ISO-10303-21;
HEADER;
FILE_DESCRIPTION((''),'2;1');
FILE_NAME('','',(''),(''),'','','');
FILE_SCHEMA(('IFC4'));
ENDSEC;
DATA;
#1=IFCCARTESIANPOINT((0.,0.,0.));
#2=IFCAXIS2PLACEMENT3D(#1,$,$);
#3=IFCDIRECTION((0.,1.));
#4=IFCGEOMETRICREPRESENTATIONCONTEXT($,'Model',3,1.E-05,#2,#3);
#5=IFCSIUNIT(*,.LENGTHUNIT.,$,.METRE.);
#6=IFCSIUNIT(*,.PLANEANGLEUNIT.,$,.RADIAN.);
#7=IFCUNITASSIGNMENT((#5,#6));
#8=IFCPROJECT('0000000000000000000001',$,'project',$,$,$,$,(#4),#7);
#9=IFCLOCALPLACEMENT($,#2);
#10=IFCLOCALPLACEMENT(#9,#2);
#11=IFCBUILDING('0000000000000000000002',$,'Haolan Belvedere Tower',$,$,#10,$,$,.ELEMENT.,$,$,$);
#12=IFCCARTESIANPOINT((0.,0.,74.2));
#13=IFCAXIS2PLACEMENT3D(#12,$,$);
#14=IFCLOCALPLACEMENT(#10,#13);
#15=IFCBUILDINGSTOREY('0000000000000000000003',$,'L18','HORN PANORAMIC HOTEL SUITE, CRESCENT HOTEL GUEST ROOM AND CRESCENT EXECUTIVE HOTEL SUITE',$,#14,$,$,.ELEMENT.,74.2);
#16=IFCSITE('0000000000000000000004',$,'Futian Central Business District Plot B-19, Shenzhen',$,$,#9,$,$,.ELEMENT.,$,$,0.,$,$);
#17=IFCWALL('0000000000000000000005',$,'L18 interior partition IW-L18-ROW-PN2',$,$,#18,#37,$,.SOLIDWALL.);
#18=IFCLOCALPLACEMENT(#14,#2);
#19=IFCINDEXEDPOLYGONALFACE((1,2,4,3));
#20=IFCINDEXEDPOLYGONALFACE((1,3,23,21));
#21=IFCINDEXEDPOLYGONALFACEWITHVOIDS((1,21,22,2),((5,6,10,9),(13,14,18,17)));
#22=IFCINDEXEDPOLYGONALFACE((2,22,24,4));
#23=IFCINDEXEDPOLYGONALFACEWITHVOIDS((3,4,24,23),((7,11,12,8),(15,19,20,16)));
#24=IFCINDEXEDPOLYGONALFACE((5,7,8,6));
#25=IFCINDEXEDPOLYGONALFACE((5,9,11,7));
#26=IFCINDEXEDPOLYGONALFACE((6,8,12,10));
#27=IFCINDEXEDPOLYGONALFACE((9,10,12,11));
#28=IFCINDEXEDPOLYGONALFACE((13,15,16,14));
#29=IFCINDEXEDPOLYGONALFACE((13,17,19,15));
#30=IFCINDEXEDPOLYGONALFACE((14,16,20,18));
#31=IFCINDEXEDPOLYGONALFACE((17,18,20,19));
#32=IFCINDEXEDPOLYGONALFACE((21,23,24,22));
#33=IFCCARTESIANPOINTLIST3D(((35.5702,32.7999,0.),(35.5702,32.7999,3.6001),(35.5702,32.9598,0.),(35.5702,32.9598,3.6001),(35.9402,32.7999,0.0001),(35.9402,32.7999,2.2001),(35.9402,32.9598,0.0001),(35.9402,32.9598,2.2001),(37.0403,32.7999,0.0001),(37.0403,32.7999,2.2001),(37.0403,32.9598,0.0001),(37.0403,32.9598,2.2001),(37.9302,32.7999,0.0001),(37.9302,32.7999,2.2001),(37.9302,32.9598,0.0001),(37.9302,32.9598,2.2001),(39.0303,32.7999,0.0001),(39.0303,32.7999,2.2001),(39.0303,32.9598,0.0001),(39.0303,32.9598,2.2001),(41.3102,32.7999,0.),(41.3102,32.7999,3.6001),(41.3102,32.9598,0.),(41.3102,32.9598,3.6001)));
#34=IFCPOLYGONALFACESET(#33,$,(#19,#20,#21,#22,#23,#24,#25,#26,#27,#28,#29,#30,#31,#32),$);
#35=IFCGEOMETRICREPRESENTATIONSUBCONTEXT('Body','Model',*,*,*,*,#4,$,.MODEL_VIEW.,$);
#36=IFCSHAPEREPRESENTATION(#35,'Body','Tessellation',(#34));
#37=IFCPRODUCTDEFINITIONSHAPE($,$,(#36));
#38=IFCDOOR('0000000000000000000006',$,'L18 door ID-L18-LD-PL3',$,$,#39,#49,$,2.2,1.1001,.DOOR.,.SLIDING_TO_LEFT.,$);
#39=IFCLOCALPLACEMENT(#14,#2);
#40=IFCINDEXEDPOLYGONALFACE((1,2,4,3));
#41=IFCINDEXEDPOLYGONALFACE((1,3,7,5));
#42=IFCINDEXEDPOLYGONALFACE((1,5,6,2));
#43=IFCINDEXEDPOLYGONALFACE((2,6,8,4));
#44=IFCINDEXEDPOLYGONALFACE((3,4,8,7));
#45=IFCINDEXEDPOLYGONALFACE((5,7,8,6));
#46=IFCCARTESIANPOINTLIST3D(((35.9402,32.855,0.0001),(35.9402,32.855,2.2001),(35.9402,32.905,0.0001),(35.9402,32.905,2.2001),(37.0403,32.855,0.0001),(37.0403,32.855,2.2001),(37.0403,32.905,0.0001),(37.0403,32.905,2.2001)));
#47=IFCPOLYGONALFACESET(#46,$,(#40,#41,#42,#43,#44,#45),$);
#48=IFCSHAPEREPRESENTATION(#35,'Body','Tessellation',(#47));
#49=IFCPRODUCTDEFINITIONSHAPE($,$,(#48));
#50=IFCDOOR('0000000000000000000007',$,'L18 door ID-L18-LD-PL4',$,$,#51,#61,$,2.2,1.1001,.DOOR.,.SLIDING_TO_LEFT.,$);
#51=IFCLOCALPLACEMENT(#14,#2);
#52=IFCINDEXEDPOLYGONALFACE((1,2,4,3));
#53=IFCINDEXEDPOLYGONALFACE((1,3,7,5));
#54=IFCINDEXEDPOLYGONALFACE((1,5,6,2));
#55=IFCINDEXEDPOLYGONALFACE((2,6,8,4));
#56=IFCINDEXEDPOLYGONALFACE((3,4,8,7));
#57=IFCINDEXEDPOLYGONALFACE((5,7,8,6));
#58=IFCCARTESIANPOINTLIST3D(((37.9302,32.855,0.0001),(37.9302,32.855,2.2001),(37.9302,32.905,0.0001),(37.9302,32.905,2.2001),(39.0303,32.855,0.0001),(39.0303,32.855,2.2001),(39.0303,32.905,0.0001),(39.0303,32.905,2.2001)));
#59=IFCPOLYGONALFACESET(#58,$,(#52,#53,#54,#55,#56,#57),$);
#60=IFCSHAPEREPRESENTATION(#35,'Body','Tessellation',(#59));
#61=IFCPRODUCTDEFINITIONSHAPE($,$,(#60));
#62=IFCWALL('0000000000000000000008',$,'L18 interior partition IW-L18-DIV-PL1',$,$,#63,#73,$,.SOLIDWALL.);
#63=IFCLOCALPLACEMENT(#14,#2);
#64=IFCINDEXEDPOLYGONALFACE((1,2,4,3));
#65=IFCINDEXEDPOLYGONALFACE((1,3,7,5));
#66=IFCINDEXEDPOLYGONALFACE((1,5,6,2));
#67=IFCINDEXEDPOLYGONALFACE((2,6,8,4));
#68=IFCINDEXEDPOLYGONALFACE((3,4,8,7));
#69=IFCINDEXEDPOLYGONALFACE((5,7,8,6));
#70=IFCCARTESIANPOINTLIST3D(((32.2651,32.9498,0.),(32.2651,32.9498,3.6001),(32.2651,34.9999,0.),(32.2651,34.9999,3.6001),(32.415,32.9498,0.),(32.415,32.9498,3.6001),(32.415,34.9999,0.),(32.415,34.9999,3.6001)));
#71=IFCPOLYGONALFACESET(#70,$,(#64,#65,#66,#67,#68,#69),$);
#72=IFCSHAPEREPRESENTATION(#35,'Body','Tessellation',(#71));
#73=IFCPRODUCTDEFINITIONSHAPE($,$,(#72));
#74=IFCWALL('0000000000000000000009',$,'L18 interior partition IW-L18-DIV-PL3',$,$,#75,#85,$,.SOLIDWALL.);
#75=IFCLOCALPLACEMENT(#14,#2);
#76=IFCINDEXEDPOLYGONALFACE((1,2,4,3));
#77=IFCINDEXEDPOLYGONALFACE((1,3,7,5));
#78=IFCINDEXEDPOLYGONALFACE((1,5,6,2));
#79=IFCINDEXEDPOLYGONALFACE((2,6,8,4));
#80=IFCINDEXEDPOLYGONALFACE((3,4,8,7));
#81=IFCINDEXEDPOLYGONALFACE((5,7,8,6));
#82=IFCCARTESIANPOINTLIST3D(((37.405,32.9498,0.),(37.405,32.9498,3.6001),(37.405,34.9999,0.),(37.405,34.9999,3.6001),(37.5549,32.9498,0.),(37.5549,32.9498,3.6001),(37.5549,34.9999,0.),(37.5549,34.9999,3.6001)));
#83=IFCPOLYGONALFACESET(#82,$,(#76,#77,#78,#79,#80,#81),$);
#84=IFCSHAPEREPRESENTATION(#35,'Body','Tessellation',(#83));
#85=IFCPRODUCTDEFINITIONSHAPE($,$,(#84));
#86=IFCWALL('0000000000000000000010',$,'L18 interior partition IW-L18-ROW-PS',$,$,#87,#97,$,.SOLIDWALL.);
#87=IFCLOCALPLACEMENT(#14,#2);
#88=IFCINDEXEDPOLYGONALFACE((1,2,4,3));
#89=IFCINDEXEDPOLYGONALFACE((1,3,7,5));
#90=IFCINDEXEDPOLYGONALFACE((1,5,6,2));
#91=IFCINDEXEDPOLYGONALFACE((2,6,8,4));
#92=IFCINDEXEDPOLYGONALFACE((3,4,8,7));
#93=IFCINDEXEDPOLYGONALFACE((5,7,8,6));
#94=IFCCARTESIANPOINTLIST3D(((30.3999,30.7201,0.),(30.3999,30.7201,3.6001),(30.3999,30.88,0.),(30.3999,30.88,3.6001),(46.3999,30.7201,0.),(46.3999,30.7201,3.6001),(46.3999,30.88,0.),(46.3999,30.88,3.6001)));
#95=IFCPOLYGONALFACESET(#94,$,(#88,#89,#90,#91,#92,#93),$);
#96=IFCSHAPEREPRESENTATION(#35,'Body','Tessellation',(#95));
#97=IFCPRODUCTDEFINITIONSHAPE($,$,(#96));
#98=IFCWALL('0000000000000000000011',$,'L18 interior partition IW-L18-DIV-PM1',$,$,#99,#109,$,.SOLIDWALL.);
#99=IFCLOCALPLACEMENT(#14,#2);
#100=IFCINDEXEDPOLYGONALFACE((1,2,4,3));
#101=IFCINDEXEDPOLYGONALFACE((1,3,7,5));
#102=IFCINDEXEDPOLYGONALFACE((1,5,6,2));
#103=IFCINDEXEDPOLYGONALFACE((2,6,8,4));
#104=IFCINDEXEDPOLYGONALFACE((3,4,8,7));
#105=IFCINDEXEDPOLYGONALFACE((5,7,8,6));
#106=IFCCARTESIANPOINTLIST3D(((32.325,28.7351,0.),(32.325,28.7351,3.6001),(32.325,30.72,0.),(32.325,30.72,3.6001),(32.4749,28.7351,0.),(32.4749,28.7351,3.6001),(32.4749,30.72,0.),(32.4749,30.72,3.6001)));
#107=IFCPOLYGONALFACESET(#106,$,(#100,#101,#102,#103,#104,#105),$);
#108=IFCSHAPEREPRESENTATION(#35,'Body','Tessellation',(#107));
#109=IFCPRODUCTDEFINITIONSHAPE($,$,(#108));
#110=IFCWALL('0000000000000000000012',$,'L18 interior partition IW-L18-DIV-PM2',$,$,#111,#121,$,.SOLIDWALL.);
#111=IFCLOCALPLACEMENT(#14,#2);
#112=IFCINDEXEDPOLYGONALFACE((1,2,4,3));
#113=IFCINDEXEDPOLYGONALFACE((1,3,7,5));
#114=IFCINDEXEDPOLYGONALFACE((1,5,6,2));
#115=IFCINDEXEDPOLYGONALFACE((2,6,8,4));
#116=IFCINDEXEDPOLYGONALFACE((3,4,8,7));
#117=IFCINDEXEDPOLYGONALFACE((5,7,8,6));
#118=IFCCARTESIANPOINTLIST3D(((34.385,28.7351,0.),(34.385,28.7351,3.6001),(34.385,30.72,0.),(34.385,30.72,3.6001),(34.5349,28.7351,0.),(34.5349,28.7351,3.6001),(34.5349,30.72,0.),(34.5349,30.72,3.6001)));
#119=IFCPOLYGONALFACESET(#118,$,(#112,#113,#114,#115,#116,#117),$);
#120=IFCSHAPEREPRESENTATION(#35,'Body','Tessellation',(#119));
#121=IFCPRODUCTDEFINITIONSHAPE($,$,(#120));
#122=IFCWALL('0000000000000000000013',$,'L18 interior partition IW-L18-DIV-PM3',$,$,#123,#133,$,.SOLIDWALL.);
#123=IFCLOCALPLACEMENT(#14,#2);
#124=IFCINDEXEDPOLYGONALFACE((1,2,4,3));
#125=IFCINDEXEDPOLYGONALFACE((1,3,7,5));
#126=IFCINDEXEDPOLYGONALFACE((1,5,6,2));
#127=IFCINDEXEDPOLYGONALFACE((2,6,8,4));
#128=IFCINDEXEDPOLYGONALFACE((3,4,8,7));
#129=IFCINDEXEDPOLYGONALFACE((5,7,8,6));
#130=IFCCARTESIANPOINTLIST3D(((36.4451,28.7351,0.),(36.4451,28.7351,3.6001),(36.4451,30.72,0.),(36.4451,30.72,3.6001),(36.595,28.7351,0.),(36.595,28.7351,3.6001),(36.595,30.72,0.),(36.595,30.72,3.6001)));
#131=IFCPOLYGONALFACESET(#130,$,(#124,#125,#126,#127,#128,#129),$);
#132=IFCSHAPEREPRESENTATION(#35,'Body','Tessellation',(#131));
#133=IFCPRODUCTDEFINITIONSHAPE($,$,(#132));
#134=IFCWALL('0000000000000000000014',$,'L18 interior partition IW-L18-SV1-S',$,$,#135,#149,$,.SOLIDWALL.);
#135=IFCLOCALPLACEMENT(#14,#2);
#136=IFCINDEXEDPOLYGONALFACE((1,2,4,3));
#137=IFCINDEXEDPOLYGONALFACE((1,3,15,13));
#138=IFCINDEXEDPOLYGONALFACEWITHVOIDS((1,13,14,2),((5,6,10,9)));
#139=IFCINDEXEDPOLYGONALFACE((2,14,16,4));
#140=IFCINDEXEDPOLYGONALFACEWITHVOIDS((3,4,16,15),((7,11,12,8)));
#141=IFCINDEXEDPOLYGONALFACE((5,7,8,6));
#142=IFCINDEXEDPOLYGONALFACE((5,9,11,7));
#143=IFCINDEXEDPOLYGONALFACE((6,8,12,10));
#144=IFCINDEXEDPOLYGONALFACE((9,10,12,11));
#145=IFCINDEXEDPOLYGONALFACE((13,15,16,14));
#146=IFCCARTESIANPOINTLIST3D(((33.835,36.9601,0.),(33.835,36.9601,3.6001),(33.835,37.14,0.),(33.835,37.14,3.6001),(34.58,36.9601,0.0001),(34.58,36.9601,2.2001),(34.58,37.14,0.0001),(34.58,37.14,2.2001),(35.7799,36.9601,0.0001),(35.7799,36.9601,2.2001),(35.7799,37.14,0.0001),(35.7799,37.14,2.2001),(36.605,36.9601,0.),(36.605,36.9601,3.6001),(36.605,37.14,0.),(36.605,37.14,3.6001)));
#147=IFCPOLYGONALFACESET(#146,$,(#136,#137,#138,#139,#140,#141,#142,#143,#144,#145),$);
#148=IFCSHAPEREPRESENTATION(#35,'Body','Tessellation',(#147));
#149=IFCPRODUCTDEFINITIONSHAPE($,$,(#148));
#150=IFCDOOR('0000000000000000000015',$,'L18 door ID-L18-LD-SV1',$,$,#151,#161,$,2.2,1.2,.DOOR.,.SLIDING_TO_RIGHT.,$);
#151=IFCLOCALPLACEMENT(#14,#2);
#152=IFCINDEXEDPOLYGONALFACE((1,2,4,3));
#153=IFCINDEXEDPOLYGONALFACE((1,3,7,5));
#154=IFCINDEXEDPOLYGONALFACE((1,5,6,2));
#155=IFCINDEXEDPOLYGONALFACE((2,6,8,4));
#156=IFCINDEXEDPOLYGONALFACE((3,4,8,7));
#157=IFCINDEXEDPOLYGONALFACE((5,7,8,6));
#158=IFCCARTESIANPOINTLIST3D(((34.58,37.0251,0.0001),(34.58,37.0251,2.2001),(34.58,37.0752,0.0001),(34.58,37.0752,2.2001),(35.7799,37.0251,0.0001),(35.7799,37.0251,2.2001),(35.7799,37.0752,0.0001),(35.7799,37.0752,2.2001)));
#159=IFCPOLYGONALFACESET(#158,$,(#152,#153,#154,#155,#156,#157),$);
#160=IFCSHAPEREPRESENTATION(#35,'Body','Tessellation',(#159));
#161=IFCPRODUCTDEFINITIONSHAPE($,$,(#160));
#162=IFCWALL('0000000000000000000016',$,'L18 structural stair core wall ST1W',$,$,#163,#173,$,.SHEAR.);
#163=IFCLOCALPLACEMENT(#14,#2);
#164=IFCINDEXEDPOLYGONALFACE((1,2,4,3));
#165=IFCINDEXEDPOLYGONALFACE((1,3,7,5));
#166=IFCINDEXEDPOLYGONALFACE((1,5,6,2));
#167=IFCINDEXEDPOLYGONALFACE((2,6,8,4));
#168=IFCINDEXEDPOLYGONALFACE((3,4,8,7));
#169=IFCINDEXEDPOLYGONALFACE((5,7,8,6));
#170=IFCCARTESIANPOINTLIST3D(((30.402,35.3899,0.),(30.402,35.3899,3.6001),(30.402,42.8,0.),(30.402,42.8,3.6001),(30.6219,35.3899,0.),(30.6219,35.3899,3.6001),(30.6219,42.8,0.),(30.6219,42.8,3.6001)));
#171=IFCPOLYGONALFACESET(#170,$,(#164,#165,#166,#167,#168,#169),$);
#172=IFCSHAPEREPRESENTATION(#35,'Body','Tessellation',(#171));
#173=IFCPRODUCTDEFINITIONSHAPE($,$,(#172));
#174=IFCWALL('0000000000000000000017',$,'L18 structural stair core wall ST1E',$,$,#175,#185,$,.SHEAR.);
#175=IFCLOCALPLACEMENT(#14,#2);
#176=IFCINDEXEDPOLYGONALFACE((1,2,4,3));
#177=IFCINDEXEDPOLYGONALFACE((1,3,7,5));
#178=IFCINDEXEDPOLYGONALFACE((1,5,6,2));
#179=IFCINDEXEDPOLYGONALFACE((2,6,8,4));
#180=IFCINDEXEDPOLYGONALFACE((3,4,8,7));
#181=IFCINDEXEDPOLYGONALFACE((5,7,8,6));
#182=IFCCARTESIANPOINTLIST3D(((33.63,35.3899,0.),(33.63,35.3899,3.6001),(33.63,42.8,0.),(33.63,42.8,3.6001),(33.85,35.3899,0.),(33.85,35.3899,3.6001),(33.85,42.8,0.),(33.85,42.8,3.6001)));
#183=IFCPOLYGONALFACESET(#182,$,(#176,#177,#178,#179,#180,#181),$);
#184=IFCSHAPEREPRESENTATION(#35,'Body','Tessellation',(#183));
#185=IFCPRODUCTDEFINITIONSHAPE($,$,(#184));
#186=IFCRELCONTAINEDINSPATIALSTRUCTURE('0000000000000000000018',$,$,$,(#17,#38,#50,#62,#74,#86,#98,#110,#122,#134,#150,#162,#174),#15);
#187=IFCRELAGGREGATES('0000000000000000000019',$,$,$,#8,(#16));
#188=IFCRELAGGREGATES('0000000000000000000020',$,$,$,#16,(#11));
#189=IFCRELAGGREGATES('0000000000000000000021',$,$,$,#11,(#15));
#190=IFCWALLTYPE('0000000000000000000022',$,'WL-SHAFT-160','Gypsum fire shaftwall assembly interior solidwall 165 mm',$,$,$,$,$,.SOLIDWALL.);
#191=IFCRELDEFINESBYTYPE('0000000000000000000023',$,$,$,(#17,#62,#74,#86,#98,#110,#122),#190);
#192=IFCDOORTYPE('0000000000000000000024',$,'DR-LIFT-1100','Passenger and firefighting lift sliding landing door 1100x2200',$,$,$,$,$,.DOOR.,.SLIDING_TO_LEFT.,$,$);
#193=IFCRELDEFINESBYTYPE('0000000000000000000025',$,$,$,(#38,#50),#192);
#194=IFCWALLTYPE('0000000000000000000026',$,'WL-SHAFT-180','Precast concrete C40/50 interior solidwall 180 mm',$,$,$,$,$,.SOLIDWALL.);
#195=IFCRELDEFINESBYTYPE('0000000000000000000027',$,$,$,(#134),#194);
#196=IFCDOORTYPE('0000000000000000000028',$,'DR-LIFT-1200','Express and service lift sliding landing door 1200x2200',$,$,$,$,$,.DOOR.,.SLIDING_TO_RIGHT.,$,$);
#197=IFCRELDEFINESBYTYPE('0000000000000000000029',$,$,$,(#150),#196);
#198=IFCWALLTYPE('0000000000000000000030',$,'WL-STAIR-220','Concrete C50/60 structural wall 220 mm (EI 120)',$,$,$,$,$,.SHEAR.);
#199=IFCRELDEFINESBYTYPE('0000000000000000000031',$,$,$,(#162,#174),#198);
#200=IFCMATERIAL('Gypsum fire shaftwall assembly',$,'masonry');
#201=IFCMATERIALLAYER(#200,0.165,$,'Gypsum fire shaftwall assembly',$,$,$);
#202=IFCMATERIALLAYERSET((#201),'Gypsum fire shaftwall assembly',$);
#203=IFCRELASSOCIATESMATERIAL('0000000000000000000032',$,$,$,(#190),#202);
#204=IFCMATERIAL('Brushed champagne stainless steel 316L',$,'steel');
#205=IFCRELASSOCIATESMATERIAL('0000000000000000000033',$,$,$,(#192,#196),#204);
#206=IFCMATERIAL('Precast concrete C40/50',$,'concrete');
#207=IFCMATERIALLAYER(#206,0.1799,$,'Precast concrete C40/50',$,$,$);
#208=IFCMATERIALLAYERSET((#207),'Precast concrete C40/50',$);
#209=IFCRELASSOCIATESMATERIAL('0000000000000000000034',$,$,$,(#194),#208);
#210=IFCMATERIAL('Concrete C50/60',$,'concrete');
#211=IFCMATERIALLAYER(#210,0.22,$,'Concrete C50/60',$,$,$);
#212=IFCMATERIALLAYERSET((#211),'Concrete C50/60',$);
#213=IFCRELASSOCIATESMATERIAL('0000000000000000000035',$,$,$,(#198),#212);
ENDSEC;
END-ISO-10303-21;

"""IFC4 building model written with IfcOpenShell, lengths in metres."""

from ifc_helpers import new_model, si_unit, direction, frame, frame_2d, origin, place, context, subcontext, project, spatial, rectangle, extrude, material, layer, layer_set, type_object, element, fill, save


model = new_model("IFC4")

# Units and contexts
model_context = context("Model", 3, precision=1e-05, world=origin(), true_north=direction((0.0, 1.0)))
body_context = subcontext(model_context, "Body", "Model", "MODEL_VIEW")
ifc_project = project(units=[si_unit("LENGTHUNIT", "METRE"), si_unit("PLANEANGLEUNIT", "RADIAN")], contexts=[model_context])

# Site, building, storey
site_placement = place(None, origin())
site = spatial("IfcSite", under=ifc_project, at=site_placement, Name="Futian Central Business District Plot B-19, Shenzhen", CompositionType="ELEMENT", RefElevation=0.0)
building_placement = place(site_placement, origin())
building = spatial("IfcBuilding", under=site, at=building_placement, Name="Haolan Belvedere Tower", CompositionType="ELEMENT")
storey_placement = place(building_placement, frame((0.0, 0.0, 74.2)))
storey = spatial("IfcBuildingStorey", under=building, at=storey_placement, Name="L18", Description="HORN PANORAMIC HOTEL SUITE, CRESCENT HOTEL GUEST ROOM AND CRESCENT EXECUTIVE HOTEL SUITE", CompositionType="ELEMENT", Elevation=74.2)

# Shared definitions
ifc_material_1 = material(Name="Gypsum fire shaftwall assembly", Category="masonry")
ifc_layer_1 = layer(ifc_material_1, 0.165, Name="Gypsum fire shaftwall assembly")
ifc_layer_set_1 = layer_set([ifc_layer_1], Name="Gypsum fire shaftwall assembly")
wall_type_1 = type_object("IfcWallType", Name="WL-SHAFT-160", Description="Gypsum fire shaftwall assembly interior solidwall 165 mm", PredefinedType="SOLIDWALL", material=ifc_layer_set_1)

# Wall, openings, doors
ifc_material_2 = material(Name="Brushed champagne stainless steel 316L", Category="steel")
door_type_1 = type_object("IfcDoorType", Name="DR-LIFT-1100", Description="Passenger and firefighting lift sliding landing door 1100x2200", OperationType="SLIDING_TO_LEFT", PredefinedType="DOOR", material=ifc_material_2)
wall_1_placement = place(storey_placement, frame((35.5701, 32.8799, 0.0), z_axis=(0.0, 0.0, 1.0), x_axis=(1.0, 0.0, 0.0)))
wall_1 = element("IfcWall", 1, at=wall_1_placement, inside=storey, type_object=wall_type_1, Name="L18 interior partition IW-L18-ROW-PN2", PredefinedType="SOLIDWALL", context=body_context, shape_type="SweptSolid", body=[
    extrude(rectangle(XDim=5.74, YDim=0.1599, at=frame_2d((2.8701, 0.0))), origin(), (0.0, 0.0, 1.0), 3.6001),
])
opening_1_placement = place(wall_1_placement, frame((1.4702, 0.0, 0.0), z_axis=(0.0, 0.0, 1.0), x_axis=(-1.0, 0.0, 0.0)))
opening_1 = element("IfcOpeningElement", 2, at=opening_1_placement, cuts=wall_1, PredefinedType="OPENING", context=body_context, shape_type="SweptSolid", body=[
    extrude(rectangle(XDim=1.1001, YDim=2.2, at=frame_2d((0.55, 1.1001))), frame((0.0, 0.0898, 0.0), z_axis=(0.0, -1.0, 0.0), x_axis=(1.0, 0.0, 0.0)), (0.0, 0.0, 1.0), 0.1799),
])
opening_2_placement = place(wall_1_placement, frame((3.4602, 0.0, 0.0), z_axis=(0.0, 0.0, 1.0), x_axis=(-1.0, 0.0, 0.0)))
opening_2 = element("IfcOpeningElement", 3, at=opening_2_placement, cuts=wall_1, PredefinedType="OPENING", context=body_context, shape_type="SweptSolid", body=[
    extrude(rectangle(XDim=1.1001, YDim=2.2, at=frame_2d((0.55, 1.1001))), frame((0.0, 0.0898, 0.0), z_axis=(0.0, -1.0, 0.0), x_axis=(1.0, 0.0, 0.0)), (0.0, 0.0, 1.0), 0.1799),
])
door_1_placement = place(opening_1_placement, origin())
door_1 = element("IfcDoor", 4, at=door_1_placement, inside=storey, type_object=door_type_1, Name="L18 door ID-L18-LD-PL3", OperationType="SLIDING_TO_LEFT", OverallHeight=2.2, OverallWidth=1.1001, PredefinedType="DOOR", context=body_context, shape_type="SweptSolid", body=[
    extrude(rectangle(XDim=1.1001, YDim=2.2, at=frame_2d((0.55, 1.1001))), frame((0.0, 0.0249, 0.0), z_axis=(0.0, -1.0, 0.0), x_axis=(1.0, 0.0, 0.0)), (0.0, 0.0, 1.0), 0.05),
])
fill(opening_1, door_1)
door_2_placement = place(opening_2_placement, origin())
door_2 = element("IfcDoor", 5, at=door_2_placement, inside=storey, type_object=door_type_1, Name="L18 door ID-L18-LD-PL4", OperationType="SLIDING_TO_LEFT", OverallHeight=2.2, OverallWidth=1.1001, PredefinedType="DOOR", context=body_context, shape_type="SweptSolid", body=[
    extrude(rectangle(XDim=1.1001, YDim=2.2, at=frame_2d((0.55, 1.1001))), frame((0.0, 0.0249, 0.0), z_axis=(0.0, -1.0, 0.0), x_axis=(1.0, 0.0, 0.0)), (0.0, 0.0, 1.0), 0.05),
])
fill(opening_2, door_2)

# Walls
for number, where, z_axis, x_axis, name in (
    (6, (32.3401, 32.95, 0.0), (0.0, 0.0, 1.0), (0.0, 1.0, 0.0), "L18 interior partition IW-L18-DIV-PL1"),
    (7, (37.48, 32.95, 0.0), (0.0, 0.0, 1.0), (0.0, 1.0, 0.0), "L18 interior partition IW-L18-DIV-PL3"),
):
    element("IfcWall", number, at=place(storey_placement, frame(where, z_axis=z_axis, x_axis=x_axis)), inside=storey, type_object=wall_type_1, Name=name, PredefinedType="SOLIDWALL", context=body_context, shape_type="SweptSolid", body=[
        extrude(rectangle(XDim=2.05, YDim=0.1499, at=frame_2d((1.0249, 0.0))), origin(), (0.0, 0.0, 1.0), 3.6001),
    ])
wall_2_placement = place(storey_placement, frame((30.3999, 30.8, 0.0), z_axis=(0.0, 0.0, 1.0), x_axis=(1.0, 0.0, 0.0)))
element("IfcWall", 8, at=wall_2_placement, inside=storey, type_object=wall_type_1, Name="L18 interior partition IW-L18-ROW-PS", PredefinedType="SOLIDWALL", context=body_context, shape_type="SweptSolid", body=[
    extrude(rectangle(XDim=16.0, YDim=0.1599, at=frame_2d((8.0, 0.0))), origin(), (0.0, 0.0, 1.0), 3.6001),
])
for number, where, z_axis, x_axis, name in (
    (9, (32.3999, 28.7351, 0.0), (0.0, 0.0, 1.0), (0.0, 1.0, 0.0), "L18 interior partition IW-L18-DIV-PM1"),
    (10, (34.46, 28.7351, 0.0), (0.0, 0.0, 1.0), (0.0, 1.0, 0.0), "L18 interior partition IW-L18-DIV-PM2"),
    (11, (36.52, 28.7351, 0.0), (0.0, 0.0, 1.0), (0.0, 1.0, 0.0), "L18 interior partition IW-L18-DIV-PM3"),
):
    element("IfcWall", number, at=place(storey_placement, frame(where, z_axis=z_axis, x_axis=x_axis)), inside=storey, type_object=wall_type_1, Name=name, PredefinedType="SOLIDWALL", context=body_context, shape_type="SweptSolid", body=[
        extrude(rectangle(XDim=1.9849, YDim=0.1499, at=frame_2d((0.9924, 0.0))), origin(), (0.0, 0.0, 1.0), 3.6001),
    ])

# Wall, opening, door
ifc_material_3 = material(Name="Precast concrete C40/50", Category="concrete")
ifc_layer_2 = layer(ifc_material_3, 0.1799, Name="Precast concrete C40/50")
ifc_layer_set_2 = layer_set([ifc_layer_2], Name="Precast concrete C40/50")
wall_type_2 = type_object("IfcWallType", Name="WL-SHAFT-180", Description="Precast concrete C40/50 interior solidwall 180 mm", PredefinedType="SOLIDWALL", material=ifc_layer_set_2)
wall_3_placement = place(storey_placement, frame((33.835, 37.05, 0.0), z_axis=(0.0, 0.0, 1.0), x_axis=(1.0, 0.0, 0.0)))
wall_3 = element("IfcWall", 12, at=wall_3_placement, inside=storey, type_object=wall_type_2, Name="L18 interior partition IW-L18-SV1-S", PredefinedType="SOLIDWALL", context=body_context, shape_type="SweptSolid", body=[
    extrude(rectangle(XDim=2.77, YDim=0.1799, at=frame_2d((1.385, 0.0))), origin(), (0.0, 0.0, 1.0), 3.6001),
])
opening_3_placement = place(wall_3_placement, frame((1.9451, 0.0, 0.0), z_axis=(0.0, 0.0, 1.0), x_axis=(-1.0, 0.0, 0.0)))
opening_3 = element("IfcOpeningElement", 13, at=opening_3_placement, cuts=wall_3, PredefinedType="OPENING", context=body_context, shape_type="SweptSolid", body=[
    extrude(rectangle(XDim=1.2, YDim=2.2, at=frame_2d((0.6001, 1.1001))), frame((0.0, 0.0999, 0.0), z_axis=(0.0, -1.0, 0.0), x_axis=(1.0, 0.0, 0.0)), (0.0, 0.0, 1.0), 0.2),
])
door_type_2 = type_object("IfcDoorType", Name="DR-LIFT-1200", Description="Express and service lift sliding landing door 1200x2200", OperationType="SLIDING_TO_RIGHT", PredefinedType="DOOR", material=ifc_material_2)
door_3_placement = place(opening_3_placement, origin())
door_3 = element("IfcDoor", 14, at=door_3_placement, inside=storey, type_object=door_type_2, Name="L18 door ID-L18-LD-SV1", OperationType="SLIDING_TO_RIGHT", OverallHeight=2.2, OverallWidth=1.2, PredefinedType="DOOR", context=body_context, shape_type="SweptSolid", body=[
    extrude(rectangle(XDim=1.2, YDim=2.2, at=frame_2d((0.6001, 1.1001))), frame((0.0, 0.0249, 0.0), z_axis=(0.0, -1.0, 0.0), x_axis=(1.0, 0.0, 0.0)), (0.0, 0.0, 1.0), 0.05),
])
fill(opening_3, door_3)

# Walls
ifc_material_4 = material(Name="Concrete C50/60", Category="concrete")
ifc_layer_3 = layer(ifc_material_4, 0.22, Name="Concrete C50/60")
ifc_layer_set_3 = layer_set([ifc_layer_3], Name="Concrete C50/60")
wall_type_3 = type_object("IfcWallType", Name="WL-STAIR-220", Description="Concrete C50/60 structural wall 220 mm (EI 120)", PredefinedType="SHEAR", material=ifc_layer_set_3)
for number, where, z_axis, x_axis, name in (
    (15, (30.512, 35.3899, 0.0), (0.0, 0.0, 1.0), (0.0, 1.0, 0.0), "L18 structural stair core wall ST1W"),
    (16, (33.74, 35.3899, 0.0), (0.0, 0.0, 1.0), (0.0, 1.0, 0.0), "L18 structural stair core wall ST1E"),
):
    element("IfcWall", number, at=place(storey_placement, frame(where, z_axis=z_axis, x_axis=x_axis)), inside=storey, type_object=wall_type_3, Name=name, PredefinedType="SHEAR", context=body_context, shape_type="SweptSolid", body=[
        extrude(rectangle(XDim=7.4102, YDim=0.22, at=frame_2d((3.7051, 0.0))), origin(), (0.0, 0.0, 1.0), 3.6001),
    ])

save(model, "model.ifc")
